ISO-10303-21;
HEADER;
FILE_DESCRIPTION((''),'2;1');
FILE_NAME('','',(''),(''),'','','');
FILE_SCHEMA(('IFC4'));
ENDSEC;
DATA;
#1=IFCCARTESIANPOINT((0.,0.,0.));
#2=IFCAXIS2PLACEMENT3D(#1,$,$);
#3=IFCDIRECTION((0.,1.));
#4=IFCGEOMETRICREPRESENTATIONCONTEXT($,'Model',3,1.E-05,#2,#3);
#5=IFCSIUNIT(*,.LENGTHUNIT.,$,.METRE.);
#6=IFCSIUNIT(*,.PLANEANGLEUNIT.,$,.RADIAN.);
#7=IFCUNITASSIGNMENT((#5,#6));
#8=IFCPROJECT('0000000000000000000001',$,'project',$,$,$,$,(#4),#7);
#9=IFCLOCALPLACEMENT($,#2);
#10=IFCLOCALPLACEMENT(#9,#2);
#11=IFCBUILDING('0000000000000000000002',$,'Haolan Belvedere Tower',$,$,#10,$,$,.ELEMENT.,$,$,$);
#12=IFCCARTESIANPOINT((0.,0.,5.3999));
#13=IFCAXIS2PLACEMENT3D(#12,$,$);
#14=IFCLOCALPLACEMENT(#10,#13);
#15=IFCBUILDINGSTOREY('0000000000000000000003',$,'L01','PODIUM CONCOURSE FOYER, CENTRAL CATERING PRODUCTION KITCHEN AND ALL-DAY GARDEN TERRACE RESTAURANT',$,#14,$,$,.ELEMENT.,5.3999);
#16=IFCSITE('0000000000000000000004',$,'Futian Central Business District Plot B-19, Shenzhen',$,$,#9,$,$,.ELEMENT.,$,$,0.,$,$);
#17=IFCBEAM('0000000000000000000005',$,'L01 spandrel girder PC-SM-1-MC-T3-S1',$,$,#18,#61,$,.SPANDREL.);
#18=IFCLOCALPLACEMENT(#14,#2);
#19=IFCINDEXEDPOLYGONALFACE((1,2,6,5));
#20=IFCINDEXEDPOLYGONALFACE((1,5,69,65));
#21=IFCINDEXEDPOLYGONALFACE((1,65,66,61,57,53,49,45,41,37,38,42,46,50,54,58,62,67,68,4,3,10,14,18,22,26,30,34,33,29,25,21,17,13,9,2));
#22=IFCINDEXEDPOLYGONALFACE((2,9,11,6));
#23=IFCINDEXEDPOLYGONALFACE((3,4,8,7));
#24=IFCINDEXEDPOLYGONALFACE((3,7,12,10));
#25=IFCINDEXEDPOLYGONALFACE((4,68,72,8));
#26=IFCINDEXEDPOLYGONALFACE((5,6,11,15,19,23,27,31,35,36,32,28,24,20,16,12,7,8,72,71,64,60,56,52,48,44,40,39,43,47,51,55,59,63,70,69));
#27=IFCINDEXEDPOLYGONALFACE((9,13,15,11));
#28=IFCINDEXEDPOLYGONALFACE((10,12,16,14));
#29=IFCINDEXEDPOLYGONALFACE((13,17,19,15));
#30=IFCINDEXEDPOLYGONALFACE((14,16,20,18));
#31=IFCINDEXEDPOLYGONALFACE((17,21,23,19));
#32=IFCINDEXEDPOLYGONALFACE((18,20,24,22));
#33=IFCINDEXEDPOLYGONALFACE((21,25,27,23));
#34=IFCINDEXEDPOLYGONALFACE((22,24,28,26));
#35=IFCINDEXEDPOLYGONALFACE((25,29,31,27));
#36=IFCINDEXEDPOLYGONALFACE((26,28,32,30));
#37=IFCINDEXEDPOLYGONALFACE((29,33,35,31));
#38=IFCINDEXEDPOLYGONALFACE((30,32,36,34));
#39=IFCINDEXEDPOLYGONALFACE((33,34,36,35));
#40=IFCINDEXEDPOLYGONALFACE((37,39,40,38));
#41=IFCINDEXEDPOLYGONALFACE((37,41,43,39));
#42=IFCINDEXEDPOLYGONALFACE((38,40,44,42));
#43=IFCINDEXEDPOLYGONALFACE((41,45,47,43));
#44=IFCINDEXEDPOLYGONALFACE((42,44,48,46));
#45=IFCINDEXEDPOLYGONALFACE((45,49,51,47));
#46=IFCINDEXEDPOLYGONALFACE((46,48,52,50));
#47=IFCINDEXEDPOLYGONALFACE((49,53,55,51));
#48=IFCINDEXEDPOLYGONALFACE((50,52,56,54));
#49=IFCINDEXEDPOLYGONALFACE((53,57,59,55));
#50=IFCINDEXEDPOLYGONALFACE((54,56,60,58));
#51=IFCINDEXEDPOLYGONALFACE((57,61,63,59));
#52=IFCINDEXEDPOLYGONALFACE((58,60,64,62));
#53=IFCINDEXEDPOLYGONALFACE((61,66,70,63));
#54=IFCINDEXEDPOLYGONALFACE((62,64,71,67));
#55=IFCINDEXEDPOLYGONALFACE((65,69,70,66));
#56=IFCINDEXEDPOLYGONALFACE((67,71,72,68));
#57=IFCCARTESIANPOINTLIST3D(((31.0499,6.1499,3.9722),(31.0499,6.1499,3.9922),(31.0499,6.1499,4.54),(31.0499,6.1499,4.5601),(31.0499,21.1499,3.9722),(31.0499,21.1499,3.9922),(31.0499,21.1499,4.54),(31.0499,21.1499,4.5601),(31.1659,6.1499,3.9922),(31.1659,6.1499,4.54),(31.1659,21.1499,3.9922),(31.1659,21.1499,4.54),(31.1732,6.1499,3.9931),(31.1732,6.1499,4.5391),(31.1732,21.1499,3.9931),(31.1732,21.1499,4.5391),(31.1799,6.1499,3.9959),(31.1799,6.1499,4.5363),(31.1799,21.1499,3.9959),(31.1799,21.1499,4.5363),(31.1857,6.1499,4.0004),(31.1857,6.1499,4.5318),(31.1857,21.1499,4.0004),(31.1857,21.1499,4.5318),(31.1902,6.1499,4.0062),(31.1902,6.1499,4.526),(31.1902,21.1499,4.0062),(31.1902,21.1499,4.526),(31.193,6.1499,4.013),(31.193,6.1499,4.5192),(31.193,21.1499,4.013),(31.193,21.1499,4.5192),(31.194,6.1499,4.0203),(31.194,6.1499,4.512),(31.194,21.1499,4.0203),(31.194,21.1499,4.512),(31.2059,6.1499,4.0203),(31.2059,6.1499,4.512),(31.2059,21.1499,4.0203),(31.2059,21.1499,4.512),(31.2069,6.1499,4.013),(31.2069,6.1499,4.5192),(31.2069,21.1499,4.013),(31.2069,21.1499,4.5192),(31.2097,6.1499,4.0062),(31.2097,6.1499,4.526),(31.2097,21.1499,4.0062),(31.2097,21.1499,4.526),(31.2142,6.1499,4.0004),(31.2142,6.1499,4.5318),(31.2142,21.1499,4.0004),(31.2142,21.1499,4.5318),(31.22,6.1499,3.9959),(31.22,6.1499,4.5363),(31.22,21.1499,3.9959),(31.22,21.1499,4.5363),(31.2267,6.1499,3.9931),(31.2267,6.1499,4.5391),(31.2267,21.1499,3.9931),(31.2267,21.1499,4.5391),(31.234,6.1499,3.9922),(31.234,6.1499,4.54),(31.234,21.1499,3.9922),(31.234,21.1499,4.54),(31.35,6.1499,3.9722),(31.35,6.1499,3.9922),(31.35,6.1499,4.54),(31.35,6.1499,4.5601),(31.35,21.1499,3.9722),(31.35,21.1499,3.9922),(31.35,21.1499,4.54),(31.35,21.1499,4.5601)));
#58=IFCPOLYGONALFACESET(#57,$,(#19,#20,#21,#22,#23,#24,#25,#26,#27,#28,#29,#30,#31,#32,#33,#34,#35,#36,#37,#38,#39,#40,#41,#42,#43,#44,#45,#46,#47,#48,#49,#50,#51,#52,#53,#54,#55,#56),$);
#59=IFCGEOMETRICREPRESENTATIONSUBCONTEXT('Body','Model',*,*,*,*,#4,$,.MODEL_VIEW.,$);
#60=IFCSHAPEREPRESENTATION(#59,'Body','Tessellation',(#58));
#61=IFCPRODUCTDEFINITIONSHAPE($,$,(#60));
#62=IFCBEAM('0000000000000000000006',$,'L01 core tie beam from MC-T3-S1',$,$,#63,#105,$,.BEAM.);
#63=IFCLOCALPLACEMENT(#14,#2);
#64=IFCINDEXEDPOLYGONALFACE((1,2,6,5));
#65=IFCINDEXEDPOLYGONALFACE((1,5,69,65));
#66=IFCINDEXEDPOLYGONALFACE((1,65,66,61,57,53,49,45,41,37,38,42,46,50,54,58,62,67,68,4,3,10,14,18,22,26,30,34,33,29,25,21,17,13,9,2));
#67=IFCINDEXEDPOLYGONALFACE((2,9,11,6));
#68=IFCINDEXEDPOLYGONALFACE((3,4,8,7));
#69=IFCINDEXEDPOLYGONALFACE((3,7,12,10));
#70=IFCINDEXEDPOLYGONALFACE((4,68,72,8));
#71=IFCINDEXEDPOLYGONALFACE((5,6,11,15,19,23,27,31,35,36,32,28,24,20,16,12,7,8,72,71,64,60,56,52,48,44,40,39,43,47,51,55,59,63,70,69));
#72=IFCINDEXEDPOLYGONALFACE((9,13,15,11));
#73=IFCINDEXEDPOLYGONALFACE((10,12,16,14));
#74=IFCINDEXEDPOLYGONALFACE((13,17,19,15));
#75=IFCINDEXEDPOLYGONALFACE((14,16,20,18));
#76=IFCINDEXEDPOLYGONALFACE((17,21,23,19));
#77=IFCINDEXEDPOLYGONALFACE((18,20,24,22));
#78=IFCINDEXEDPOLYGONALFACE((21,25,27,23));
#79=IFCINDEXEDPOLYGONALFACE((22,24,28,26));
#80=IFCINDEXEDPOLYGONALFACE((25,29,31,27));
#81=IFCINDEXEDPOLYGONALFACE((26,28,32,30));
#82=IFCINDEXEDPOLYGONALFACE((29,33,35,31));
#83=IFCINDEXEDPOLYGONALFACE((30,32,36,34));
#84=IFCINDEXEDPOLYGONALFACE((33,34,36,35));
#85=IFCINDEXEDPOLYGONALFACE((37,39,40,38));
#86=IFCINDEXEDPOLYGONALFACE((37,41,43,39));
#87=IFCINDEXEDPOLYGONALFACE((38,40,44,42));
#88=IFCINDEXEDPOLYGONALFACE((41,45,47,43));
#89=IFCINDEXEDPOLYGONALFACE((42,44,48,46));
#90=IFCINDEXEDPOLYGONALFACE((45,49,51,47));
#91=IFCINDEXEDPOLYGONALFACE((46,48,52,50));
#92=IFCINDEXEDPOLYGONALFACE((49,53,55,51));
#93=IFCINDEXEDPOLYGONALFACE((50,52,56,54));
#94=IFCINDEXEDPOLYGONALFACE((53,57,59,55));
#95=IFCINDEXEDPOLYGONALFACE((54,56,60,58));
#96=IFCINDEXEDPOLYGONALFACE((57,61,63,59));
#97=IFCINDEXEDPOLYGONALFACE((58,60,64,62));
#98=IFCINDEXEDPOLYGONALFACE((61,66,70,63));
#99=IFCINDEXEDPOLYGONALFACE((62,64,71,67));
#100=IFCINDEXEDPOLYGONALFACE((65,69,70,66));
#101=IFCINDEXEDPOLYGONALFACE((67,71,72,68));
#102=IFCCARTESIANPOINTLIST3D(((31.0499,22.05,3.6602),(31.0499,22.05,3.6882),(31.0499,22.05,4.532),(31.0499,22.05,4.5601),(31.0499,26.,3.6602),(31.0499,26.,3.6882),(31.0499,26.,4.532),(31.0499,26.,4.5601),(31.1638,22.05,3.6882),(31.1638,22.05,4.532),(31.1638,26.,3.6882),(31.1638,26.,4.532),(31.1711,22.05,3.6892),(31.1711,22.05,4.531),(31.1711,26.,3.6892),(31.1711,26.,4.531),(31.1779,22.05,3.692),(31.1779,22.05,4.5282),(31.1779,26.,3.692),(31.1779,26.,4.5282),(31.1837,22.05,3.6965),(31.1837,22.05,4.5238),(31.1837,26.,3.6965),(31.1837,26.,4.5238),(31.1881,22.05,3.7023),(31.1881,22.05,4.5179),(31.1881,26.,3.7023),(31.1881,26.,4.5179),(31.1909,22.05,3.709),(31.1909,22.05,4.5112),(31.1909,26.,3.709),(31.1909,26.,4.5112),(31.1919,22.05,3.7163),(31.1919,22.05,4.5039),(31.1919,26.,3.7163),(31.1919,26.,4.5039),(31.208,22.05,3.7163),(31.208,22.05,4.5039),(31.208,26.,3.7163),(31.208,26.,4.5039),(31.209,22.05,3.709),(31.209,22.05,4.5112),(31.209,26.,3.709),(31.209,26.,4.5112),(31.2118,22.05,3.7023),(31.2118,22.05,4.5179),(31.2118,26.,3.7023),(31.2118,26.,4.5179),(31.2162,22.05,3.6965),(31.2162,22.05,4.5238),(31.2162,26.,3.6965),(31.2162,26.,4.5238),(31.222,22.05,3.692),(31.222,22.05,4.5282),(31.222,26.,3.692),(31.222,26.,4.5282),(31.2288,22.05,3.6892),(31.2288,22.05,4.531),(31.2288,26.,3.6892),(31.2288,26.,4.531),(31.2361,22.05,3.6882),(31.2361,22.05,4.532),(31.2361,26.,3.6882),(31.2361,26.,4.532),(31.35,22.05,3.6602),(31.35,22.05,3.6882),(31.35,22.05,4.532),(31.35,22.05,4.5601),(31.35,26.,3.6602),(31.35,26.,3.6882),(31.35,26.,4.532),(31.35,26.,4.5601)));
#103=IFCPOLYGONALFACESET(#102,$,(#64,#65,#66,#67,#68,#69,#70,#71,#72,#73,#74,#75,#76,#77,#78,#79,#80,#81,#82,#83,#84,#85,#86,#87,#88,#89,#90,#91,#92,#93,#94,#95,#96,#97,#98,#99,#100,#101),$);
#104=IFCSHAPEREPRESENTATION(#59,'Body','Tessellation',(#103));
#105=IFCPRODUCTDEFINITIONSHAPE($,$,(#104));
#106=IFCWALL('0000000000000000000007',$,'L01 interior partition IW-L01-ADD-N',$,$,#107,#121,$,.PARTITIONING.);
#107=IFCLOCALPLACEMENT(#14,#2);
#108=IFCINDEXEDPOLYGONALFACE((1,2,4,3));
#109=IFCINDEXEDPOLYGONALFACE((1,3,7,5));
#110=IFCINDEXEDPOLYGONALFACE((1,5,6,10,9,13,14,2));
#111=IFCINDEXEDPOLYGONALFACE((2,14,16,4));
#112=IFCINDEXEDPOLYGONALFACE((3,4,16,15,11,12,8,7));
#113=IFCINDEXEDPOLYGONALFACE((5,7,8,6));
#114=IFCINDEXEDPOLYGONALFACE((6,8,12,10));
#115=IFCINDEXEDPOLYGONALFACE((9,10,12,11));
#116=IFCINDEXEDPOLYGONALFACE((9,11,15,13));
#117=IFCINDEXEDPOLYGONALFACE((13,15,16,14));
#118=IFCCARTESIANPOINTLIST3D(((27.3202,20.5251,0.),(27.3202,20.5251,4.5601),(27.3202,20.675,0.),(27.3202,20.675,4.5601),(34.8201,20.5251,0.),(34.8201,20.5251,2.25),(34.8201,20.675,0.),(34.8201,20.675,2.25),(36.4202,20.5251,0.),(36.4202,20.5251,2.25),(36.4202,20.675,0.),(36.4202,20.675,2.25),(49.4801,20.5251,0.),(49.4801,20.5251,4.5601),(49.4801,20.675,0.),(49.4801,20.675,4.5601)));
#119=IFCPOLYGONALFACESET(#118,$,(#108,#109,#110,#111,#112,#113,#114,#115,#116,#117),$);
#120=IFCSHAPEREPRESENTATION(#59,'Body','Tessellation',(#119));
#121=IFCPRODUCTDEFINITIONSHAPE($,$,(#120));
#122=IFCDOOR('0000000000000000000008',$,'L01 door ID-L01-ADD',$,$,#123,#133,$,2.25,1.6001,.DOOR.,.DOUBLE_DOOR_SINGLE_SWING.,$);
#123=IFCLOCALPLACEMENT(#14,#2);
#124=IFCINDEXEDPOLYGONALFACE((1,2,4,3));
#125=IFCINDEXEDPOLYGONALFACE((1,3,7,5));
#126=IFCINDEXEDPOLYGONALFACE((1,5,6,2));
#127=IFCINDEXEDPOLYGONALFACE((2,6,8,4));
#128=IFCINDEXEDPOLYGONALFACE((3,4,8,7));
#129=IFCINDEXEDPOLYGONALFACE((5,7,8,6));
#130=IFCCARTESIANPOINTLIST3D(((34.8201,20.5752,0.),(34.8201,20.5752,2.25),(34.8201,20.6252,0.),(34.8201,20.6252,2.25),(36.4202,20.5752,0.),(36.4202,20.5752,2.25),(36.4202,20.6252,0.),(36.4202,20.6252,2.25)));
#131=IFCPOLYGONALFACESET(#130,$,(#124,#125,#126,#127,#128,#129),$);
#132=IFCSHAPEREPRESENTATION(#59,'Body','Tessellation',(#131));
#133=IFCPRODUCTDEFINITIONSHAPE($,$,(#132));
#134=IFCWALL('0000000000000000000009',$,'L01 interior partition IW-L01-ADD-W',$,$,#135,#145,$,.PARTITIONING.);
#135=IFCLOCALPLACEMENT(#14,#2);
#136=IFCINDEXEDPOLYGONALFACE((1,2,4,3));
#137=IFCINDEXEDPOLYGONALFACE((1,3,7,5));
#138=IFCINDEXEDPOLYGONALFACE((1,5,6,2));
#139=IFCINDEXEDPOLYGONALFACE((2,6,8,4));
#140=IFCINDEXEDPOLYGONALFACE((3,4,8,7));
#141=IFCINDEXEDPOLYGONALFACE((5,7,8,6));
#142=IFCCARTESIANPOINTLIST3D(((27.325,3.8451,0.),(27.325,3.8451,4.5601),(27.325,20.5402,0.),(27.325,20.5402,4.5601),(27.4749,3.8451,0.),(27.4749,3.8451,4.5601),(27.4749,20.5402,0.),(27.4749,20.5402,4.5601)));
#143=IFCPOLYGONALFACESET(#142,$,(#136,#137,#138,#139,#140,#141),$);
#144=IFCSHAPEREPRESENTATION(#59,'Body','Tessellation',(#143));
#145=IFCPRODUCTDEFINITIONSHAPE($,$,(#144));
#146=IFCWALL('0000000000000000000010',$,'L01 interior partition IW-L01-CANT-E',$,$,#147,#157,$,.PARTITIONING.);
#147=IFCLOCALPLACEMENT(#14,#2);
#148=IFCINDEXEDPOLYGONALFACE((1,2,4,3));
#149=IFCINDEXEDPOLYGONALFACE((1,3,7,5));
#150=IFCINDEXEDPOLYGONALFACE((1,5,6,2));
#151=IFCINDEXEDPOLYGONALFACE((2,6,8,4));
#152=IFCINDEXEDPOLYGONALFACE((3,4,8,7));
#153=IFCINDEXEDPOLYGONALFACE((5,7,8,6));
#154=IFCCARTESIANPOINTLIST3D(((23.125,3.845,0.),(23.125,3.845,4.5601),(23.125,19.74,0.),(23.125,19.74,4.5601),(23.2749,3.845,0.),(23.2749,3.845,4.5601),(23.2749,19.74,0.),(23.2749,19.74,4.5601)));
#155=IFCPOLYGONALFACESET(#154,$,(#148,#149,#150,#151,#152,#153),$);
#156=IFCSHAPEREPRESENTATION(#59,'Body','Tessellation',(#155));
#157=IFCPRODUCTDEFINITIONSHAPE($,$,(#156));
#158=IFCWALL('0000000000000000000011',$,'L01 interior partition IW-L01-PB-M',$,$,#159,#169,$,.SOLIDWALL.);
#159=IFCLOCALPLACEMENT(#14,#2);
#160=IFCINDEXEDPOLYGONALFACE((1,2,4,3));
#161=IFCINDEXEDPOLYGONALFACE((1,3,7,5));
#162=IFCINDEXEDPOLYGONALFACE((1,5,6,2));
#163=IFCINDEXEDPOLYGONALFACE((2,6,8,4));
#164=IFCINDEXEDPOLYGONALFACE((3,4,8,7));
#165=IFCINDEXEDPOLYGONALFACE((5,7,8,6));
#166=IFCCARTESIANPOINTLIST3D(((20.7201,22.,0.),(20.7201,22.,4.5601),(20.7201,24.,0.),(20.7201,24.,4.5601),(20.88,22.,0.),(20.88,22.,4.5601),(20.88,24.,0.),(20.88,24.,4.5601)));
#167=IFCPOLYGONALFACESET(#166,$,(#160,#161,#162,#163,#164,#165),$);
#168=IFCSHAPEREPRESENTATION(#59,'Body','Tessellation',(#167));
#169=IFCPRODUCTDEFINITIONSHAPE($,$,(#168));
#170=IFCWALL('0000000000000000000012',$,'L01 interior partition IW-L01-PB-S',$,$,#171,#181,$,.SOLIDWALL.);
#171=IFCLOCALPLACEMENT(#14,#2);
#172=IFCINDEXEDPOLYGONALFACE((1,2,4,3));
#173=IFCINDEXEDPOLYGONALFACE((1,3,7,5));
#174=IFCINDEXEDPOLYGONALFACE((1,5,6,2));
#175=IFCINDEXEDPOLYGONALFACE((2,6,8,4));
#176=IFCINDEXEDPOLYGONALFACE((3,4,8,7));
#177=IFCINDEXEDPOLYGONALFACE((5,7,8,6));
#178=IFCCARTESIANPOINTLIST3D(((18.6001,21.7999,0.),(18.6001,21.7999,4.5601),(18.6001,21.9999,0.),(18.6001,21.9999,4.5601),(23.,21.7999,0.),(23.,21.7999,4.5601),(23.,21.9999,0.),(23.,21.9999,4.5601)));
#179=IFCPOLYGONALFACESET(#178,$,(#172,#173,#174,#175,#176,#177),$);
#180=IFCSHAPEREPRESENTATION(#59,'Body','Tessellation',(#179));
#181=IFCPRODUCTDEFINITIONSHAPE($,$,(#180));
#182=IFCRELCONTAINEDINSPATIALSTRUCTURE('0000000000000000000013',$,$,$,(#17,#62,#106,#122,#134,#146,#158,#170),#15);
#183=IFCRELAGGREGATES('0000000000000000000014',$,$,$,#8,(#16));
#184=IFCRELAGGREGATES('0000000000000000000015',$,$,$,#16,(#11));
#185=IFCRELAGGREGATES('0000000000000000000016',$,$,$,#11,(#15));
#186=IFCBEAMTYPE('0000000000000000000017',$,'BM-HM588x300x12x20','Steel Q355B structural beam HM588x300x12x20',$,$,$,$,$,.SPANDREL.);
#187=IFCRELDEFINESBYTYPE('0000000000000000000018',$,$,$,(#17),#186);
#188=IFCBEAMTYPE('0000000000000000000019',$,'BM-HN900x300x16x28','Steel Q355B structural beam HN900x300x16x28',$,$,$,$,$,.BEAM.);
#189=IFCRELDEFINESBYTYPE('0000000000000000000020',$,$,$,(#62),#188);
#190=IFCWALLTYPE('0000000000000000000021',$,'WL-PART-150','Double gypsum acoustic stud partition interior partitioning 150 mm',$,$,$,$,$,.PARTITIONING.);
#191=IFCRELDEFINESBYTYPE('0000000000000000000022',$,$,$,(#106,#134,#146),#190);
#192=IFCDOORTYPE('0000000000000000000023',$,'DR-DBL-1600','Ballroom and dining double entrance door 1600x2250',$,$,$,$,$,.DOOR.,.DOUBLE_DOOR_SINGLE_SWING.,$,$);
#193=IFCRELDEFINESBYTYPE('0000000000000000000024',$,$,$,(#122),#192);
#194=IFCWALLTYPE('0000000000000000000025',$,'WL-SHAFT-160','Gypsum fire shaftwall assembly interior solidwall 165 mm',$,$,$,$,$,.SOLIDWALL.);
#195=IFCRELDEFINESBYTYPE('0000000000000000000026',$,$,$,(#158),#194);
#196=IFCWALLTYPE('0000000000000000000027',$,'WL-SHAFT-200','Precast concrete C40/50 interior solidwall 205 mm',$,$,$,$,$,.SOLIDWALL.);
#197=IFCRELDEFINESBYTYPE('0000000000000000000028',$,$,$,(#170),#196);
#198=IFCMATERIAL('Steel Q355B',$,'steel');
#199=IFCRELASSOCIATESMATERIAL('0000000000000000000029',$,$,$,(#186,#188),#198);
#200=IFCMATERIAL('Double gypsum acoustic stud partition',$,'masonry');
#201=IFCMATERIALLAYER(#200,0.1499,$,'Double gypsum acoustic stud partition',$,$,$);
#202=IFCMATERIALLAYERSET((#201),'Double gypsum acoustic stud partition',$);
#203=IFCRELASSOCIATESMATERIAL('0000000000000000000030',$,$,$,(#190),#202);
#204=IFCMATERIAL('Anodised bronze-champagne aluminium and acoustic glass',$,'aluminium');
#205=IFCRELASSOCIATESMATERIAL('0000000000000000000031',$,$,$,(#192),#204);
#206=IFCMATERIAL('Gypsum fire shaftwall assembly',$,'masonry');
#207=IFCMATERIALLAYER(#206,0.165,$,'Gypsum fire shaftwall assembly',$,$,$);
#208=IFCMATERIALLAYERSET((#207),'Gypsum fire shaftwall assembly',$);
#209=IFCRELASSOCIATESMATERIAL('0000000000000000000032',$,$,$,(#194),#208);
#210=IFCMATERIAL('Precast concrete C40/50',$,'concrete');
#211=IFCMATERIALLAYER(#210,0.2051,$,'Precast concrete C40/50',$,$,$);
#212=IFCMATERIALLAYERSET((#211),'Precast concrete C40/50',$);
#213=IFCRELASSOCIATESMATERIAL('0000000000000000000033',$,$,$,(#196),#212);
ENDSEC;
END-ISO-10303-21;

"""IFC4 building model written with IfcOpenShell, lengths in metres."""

from ifc_helpers import new_model, si_unit, direction, frame, frame_2d, origin, origin_2d, place, context, subcontext, project, spatial, rectangle, i_section, extrude, material, layer, layer_set, material_profile, profile_set, type_object, element, fill, save


model = new_model("IFC4")

# Units and contexts
model_context = context("Model", 3, precision=1e-05, world=origin(), true_north=direction((0.0, 1.0)))
body_context = subcontext(model_context, "Body", "Model", "MODEL_VIEW")
ifc_project = project(units=[si_unit("LENGTHUNIT", "METRE"), si_unit("PLANEANGLEUNIT", "RADIAN")], contexts=[model_context])

# Site, building, storey
site_placement = place(None, origin())
site = spatial("IfcSite", under=ifc_project, at=site_placement, Name="Futian Central Business District Plot B-19, Shenzhen", CompositionType="ELEMENT", RefElevation=0.0)
building_placement = place(site_placement, origin())
building = spatial("IfcBuilding", under=site, at=building_placement, Name="Haolan Belvedere Tower", CompositionType="ELEMENT")
storey_placement = place(building_placement, frame((0.0, 0.0, 5.3999)))
storey = spatial("IfcBuildingStorey", under=building, at=storey_placement, Name="L01", Description="PODIUM CONCOURSE FOYER, CENTRAL CATERING PRODUCTION KITCHEN AND ALL-DAY GARDEN TERRACE RESTAURANT", CompositionType="ELEMENT", Elevation=5.3999)

# Shared definitions
ifc_material_1 = material(Name="Steel Q355B", Category="steel")

# Beams
ifc_material_profile_1 = material_profile(ifc_material_1, i_section(OverallWidth=0.3, OverallDepth=0.5879, WebThickness=0.012, FlangeThickness=0.02, FilletRadius=0.0281, at=origin_2d()), Name="Steel Q355B")
ifc_profile_set_1 = profile_set([ifc_material_profile_1], Name="Steel Q355B")
beam_type_1 = type_object("IfcBeamType", Name="BM-HM588x300x12x20", Description="Steel Q355B structural beam HM588x300x12x20", PredefinedType="SPANDREL", material=ifc_profile_set_1)
beam_1_placement = place(storey_placement, frame((31.2, 6.1499, 4.2661), z_axis=(0.0, 1.0, 0.0), x_axis=(-1.0, 0.0, 0.0)))
element("IfcBeam", 1, at=beam_1_placement, inside=storey, type_object=beam_type_1, Name="L01 spandrel girder PC-SM-1-MC-T3-S1", PredefinedType="SPANDREL", context=body_context, shape_type="SweptSolid", body=[
    extrude(i_section(OverallWidth=0.3, OverallDepth=0.5879, WebThickness=0.012, FlangeThickness=0.02, FilletRadius=0.0281, at=origin_2d()), origin(), (0.0, 0.0, 1.0), 15.0),
])
ifc_material_profile_2 = material_profile(ifc_material_1, i_section(OverallWidth=0.3, OverallDepth=0.8999, WebThickness=0.0161, FlangeThickness=0.0281, FilletRadius=0.0281, at=origin_2d()), Name="Steel Q355B")
ifc_profile_set_2 = profile_set([ifc_material_profile_2], Name="Steel Q355B")
beam_type_2 = type_object("IfcBeamType", Name="BM-HN900x300x16x28", Description="Steel Q355B structural beam HN900x300x16x28", PredefinedType="BEAM", material=ifc_profile_set_2)
beam_2_placement = place(storey_placement, frame((31.2, 22.05, 4.1101), z_axis=(0.0, 1.0, 0.0), x_axis=(-1.0, 0.0, 0.0)))
element("IfcBeam", 2, at=beam_2_placement, inside=storey, type_object=beam_type_2, Name="L01 core tie beam from MC-T3-S1", PredefinedType="BEAM", context=body_context, shape_type="SweptSolid", body=[
    extrude(i_section(OverallWidth=0.3, OverallDepth=0.8999, WebThickness=0.0161, FlangeThickness=0.0281, FilletRadius=0.0281, at=origin_2d()), origin(), (0.0, 0.0, 1.0), 3.95),
])

# Wall, opening, door
ifc_material_2 = material(Name="Double gypsum acoustic stud partition", Category="masonry")
ifc_layer_1 = layer(ifc_material_2, 0.1499, Name="Double gypsum acoustic stud partition")
ifc_layer_set_1 = layer_set([ifc_layer_1], Name="Double gypsum acoustic stud partition")
wall_type_1 = type_object("IfcWallType", Name="WL-PART-150", Description="Double gypsum acoustic stud partition interior partitioning 150 mm", PredefinedType="PARTITIONING", material=ifc_layer_set_1)
wall_1_placement = place(storey_placement, frame((27.3201, 20.6001, 0.0), z_axis=(0.0, 0.0, 1.0), x_axis=(1.0, 0.0, 0.0)))
wall_1 = element("IfcWall", 3, at=wall_1_placement, inside=storey, type_object=wall_type_1, Name="L01 interior partition IW-L01-ADD-N", PredefinedType="PARTITIONING", context=body_context, shape_type="SweptSolid", body=[
    extrude(rectangle(XDim=22.1599, YDim=0.1499, at=frame_2d((11.0801, 0.0))), origin(), (0.0, 0.0, 1.0), 4.5601),
])
opening_placement = place(wall_1_placement, frame((9.1001, 0.0, 0.0), z_axis=(0.0, 0.0, 1.0), x_axis=(-1.0, 0.0, 0.0)))
opening = element("IfcOpeningElement", 4, at=opening_placement, cuts=wall_1, PredefinedType="OPENING", context=body_context, shape_type="SweptSolid", body=[
    extrude(rectangle(XDim=1.6001, YDim=2.25, at=frame_2d((0.8, 1.125))), frame((0.0, 0.085, 0.0), z_axis=(0.0, -1.0, 0.0), x_axis=(1.0, 0.0, 0.0)), (0.0, 0.0, 1.0), 0.1699),
])
ifc_material_3 = material(Name="Anodised bronze-champagne aluminium and acoustic glass", Category="aluminium")
door_type = type_object("IfcDoorType", Name="DR-DBL-1600", Description="Ballroom and dining double entrance door 1600x2250", OperationType="DOUBLE_DOOR_SINGLE_SWING", PredefinedType="DOOR", material=ifc_material_3)
door_placement = place(opening_placement, origin())
door = element("IfcDoor", 5, at=door_placement, inside=storey, type_object=door_type, Name="L01 door ID-L01-ADD", OperationType="DOUBLE_DOOR_SINGLE_SWING", OverallHeight=2.25, OverallWidth=1.6001, PredefinedType="DOOR", context=body_context, shape_type="SweptSolid", body=[
    extrude(rectangle(XDim=1.6001, YDim=2.25, at=frame_2d((0.8, 1.125))), frame((0.0, 0.0249, 0.0), z_axis=(0.0, -1.0, 0.0), x_axis=(1.0, 0.0, 0.0)), (0.0, 0.0, 1.0), 0.05),
])
fill(opening, door)

# Walls
wall_2_placement = place(storey_placement, frame((27.3999, 3.845, 0.0), z_axis=(0.0, 0.0, 1.0), x_axis=(0.0, 1.0, 0.0)))
element("IfcWall", 6, at=wall_2_placement, inside=storey, type_object=wall_type_1, Name="L01 interior partition IW-L01-ADD-W", PredefinedType="PARTITIONING", context=body_context, shape_type="SweptSolid", body=[
    extrude(rectangle(XDim=16.6951, YDim=0.1499, at=frame_2d((8.3477, 0.0))), origin(), (0.0, 0.0, 1.0), 4.5601),
])
wall_3_placement = place(storey_placement, frame((23.2, 3.845, 0.0), z_axis=(0.0, 0.0, 1.0), x_axis=(0.0, 1.0, 0.0)))
element("IfcWall", 7, at=wall_3_placement, inside=storey, type_object=wall_type_1, Name="L01 interior partition IW-L01-CANT-E", PredefinedType="PARTITIONING", context=body_context, shape_type="SweptSolid", body=[
    extrude(rectangle(XDim=15.895, YDim=0.1499, at=frame_2d((7.9475, 0.0))), origin(), (0.0, 0.0, 1.0), 4.5601),
])
ifc_material_4 = material(Name="Gypsum fire shaftwall assembly", Category="masonry")
ifc_layer_2 = layer(ifc_material_4, 0.165, Name="Gypsum fire shaftwall assembly")
ifc_layer_set_2 = layer_set([ifc_layer_2], Name="Gypsum fire shaftwall assembly")
wall_type_2 = type_object("IfcWallType", Name="WL-SHAFT-160", Description="Gypsum fire shaftwall assembly interior solidwall 165 mm", PredefinedType="SOLIDWALL", material=ifc_layer_set_2)
wall_4_placement = place(storey_placement, frame((20.8, 22.0, 0.0), z_axis=(0.0, 0.0, 1.0), x_axis=(0.0, 1.0, 0.0)))
element("IfcWall", 8, at=wall_4_placement, inside=storey, type_object=wall_type_2, Name="L01 interior partition IW-L01-PB-M", PredefinedType="SOLIDWALL", context=body_context, shape_type="SweptSolid", body=[
    extrude(rectangle(XDim=2.0, YDim=0.1599, at=frame_2d((1.0, 0.0))), origin(), (0.0, 0.0, 1.0), 4.5601),
])
ifc_material_5 = material(Name="Precast concrete C40/50", Category="concrete")
ifc_layer_3 = layer(ifc_material_5, 0.2051, Name="Precast concrete C40/50")
ifc_layer_set_3 = layer_set([ifc_layer_3], Name="Precast concrete C40/50")
wall_type_3 = type_object("IfcWallType", Name="WL-SHAFT-200", Description="Precast concrete C40/50 interior solidwall 205 mm", PredefinedType="SOLIDWALL", material=ifc_layer_set_3)
wall_5_placement = place(storey_placement, frame((18.6001, 21.8999, 0.0), z_axis=(0.0, 0.0, 1.0), x_axis=(1.0, 0.0, 0.0)))
element("IfcWall", 9, at=wall_5_placement, inside=storey, type_object=wall_type_3, Name="L01 interior partition IW-L01-PB-S", PredefinedType="SOLIDWALL", context=body_context, shape_type="SweptSolid", body=[
    extrude(rectangle(XDim=4.3999, YDim=0.2, at=frame_2d((2.2, 0.0))), origin(), (0.0, 0.0, 1.0), 4.5601),
])

save(model, "model.ifc")
